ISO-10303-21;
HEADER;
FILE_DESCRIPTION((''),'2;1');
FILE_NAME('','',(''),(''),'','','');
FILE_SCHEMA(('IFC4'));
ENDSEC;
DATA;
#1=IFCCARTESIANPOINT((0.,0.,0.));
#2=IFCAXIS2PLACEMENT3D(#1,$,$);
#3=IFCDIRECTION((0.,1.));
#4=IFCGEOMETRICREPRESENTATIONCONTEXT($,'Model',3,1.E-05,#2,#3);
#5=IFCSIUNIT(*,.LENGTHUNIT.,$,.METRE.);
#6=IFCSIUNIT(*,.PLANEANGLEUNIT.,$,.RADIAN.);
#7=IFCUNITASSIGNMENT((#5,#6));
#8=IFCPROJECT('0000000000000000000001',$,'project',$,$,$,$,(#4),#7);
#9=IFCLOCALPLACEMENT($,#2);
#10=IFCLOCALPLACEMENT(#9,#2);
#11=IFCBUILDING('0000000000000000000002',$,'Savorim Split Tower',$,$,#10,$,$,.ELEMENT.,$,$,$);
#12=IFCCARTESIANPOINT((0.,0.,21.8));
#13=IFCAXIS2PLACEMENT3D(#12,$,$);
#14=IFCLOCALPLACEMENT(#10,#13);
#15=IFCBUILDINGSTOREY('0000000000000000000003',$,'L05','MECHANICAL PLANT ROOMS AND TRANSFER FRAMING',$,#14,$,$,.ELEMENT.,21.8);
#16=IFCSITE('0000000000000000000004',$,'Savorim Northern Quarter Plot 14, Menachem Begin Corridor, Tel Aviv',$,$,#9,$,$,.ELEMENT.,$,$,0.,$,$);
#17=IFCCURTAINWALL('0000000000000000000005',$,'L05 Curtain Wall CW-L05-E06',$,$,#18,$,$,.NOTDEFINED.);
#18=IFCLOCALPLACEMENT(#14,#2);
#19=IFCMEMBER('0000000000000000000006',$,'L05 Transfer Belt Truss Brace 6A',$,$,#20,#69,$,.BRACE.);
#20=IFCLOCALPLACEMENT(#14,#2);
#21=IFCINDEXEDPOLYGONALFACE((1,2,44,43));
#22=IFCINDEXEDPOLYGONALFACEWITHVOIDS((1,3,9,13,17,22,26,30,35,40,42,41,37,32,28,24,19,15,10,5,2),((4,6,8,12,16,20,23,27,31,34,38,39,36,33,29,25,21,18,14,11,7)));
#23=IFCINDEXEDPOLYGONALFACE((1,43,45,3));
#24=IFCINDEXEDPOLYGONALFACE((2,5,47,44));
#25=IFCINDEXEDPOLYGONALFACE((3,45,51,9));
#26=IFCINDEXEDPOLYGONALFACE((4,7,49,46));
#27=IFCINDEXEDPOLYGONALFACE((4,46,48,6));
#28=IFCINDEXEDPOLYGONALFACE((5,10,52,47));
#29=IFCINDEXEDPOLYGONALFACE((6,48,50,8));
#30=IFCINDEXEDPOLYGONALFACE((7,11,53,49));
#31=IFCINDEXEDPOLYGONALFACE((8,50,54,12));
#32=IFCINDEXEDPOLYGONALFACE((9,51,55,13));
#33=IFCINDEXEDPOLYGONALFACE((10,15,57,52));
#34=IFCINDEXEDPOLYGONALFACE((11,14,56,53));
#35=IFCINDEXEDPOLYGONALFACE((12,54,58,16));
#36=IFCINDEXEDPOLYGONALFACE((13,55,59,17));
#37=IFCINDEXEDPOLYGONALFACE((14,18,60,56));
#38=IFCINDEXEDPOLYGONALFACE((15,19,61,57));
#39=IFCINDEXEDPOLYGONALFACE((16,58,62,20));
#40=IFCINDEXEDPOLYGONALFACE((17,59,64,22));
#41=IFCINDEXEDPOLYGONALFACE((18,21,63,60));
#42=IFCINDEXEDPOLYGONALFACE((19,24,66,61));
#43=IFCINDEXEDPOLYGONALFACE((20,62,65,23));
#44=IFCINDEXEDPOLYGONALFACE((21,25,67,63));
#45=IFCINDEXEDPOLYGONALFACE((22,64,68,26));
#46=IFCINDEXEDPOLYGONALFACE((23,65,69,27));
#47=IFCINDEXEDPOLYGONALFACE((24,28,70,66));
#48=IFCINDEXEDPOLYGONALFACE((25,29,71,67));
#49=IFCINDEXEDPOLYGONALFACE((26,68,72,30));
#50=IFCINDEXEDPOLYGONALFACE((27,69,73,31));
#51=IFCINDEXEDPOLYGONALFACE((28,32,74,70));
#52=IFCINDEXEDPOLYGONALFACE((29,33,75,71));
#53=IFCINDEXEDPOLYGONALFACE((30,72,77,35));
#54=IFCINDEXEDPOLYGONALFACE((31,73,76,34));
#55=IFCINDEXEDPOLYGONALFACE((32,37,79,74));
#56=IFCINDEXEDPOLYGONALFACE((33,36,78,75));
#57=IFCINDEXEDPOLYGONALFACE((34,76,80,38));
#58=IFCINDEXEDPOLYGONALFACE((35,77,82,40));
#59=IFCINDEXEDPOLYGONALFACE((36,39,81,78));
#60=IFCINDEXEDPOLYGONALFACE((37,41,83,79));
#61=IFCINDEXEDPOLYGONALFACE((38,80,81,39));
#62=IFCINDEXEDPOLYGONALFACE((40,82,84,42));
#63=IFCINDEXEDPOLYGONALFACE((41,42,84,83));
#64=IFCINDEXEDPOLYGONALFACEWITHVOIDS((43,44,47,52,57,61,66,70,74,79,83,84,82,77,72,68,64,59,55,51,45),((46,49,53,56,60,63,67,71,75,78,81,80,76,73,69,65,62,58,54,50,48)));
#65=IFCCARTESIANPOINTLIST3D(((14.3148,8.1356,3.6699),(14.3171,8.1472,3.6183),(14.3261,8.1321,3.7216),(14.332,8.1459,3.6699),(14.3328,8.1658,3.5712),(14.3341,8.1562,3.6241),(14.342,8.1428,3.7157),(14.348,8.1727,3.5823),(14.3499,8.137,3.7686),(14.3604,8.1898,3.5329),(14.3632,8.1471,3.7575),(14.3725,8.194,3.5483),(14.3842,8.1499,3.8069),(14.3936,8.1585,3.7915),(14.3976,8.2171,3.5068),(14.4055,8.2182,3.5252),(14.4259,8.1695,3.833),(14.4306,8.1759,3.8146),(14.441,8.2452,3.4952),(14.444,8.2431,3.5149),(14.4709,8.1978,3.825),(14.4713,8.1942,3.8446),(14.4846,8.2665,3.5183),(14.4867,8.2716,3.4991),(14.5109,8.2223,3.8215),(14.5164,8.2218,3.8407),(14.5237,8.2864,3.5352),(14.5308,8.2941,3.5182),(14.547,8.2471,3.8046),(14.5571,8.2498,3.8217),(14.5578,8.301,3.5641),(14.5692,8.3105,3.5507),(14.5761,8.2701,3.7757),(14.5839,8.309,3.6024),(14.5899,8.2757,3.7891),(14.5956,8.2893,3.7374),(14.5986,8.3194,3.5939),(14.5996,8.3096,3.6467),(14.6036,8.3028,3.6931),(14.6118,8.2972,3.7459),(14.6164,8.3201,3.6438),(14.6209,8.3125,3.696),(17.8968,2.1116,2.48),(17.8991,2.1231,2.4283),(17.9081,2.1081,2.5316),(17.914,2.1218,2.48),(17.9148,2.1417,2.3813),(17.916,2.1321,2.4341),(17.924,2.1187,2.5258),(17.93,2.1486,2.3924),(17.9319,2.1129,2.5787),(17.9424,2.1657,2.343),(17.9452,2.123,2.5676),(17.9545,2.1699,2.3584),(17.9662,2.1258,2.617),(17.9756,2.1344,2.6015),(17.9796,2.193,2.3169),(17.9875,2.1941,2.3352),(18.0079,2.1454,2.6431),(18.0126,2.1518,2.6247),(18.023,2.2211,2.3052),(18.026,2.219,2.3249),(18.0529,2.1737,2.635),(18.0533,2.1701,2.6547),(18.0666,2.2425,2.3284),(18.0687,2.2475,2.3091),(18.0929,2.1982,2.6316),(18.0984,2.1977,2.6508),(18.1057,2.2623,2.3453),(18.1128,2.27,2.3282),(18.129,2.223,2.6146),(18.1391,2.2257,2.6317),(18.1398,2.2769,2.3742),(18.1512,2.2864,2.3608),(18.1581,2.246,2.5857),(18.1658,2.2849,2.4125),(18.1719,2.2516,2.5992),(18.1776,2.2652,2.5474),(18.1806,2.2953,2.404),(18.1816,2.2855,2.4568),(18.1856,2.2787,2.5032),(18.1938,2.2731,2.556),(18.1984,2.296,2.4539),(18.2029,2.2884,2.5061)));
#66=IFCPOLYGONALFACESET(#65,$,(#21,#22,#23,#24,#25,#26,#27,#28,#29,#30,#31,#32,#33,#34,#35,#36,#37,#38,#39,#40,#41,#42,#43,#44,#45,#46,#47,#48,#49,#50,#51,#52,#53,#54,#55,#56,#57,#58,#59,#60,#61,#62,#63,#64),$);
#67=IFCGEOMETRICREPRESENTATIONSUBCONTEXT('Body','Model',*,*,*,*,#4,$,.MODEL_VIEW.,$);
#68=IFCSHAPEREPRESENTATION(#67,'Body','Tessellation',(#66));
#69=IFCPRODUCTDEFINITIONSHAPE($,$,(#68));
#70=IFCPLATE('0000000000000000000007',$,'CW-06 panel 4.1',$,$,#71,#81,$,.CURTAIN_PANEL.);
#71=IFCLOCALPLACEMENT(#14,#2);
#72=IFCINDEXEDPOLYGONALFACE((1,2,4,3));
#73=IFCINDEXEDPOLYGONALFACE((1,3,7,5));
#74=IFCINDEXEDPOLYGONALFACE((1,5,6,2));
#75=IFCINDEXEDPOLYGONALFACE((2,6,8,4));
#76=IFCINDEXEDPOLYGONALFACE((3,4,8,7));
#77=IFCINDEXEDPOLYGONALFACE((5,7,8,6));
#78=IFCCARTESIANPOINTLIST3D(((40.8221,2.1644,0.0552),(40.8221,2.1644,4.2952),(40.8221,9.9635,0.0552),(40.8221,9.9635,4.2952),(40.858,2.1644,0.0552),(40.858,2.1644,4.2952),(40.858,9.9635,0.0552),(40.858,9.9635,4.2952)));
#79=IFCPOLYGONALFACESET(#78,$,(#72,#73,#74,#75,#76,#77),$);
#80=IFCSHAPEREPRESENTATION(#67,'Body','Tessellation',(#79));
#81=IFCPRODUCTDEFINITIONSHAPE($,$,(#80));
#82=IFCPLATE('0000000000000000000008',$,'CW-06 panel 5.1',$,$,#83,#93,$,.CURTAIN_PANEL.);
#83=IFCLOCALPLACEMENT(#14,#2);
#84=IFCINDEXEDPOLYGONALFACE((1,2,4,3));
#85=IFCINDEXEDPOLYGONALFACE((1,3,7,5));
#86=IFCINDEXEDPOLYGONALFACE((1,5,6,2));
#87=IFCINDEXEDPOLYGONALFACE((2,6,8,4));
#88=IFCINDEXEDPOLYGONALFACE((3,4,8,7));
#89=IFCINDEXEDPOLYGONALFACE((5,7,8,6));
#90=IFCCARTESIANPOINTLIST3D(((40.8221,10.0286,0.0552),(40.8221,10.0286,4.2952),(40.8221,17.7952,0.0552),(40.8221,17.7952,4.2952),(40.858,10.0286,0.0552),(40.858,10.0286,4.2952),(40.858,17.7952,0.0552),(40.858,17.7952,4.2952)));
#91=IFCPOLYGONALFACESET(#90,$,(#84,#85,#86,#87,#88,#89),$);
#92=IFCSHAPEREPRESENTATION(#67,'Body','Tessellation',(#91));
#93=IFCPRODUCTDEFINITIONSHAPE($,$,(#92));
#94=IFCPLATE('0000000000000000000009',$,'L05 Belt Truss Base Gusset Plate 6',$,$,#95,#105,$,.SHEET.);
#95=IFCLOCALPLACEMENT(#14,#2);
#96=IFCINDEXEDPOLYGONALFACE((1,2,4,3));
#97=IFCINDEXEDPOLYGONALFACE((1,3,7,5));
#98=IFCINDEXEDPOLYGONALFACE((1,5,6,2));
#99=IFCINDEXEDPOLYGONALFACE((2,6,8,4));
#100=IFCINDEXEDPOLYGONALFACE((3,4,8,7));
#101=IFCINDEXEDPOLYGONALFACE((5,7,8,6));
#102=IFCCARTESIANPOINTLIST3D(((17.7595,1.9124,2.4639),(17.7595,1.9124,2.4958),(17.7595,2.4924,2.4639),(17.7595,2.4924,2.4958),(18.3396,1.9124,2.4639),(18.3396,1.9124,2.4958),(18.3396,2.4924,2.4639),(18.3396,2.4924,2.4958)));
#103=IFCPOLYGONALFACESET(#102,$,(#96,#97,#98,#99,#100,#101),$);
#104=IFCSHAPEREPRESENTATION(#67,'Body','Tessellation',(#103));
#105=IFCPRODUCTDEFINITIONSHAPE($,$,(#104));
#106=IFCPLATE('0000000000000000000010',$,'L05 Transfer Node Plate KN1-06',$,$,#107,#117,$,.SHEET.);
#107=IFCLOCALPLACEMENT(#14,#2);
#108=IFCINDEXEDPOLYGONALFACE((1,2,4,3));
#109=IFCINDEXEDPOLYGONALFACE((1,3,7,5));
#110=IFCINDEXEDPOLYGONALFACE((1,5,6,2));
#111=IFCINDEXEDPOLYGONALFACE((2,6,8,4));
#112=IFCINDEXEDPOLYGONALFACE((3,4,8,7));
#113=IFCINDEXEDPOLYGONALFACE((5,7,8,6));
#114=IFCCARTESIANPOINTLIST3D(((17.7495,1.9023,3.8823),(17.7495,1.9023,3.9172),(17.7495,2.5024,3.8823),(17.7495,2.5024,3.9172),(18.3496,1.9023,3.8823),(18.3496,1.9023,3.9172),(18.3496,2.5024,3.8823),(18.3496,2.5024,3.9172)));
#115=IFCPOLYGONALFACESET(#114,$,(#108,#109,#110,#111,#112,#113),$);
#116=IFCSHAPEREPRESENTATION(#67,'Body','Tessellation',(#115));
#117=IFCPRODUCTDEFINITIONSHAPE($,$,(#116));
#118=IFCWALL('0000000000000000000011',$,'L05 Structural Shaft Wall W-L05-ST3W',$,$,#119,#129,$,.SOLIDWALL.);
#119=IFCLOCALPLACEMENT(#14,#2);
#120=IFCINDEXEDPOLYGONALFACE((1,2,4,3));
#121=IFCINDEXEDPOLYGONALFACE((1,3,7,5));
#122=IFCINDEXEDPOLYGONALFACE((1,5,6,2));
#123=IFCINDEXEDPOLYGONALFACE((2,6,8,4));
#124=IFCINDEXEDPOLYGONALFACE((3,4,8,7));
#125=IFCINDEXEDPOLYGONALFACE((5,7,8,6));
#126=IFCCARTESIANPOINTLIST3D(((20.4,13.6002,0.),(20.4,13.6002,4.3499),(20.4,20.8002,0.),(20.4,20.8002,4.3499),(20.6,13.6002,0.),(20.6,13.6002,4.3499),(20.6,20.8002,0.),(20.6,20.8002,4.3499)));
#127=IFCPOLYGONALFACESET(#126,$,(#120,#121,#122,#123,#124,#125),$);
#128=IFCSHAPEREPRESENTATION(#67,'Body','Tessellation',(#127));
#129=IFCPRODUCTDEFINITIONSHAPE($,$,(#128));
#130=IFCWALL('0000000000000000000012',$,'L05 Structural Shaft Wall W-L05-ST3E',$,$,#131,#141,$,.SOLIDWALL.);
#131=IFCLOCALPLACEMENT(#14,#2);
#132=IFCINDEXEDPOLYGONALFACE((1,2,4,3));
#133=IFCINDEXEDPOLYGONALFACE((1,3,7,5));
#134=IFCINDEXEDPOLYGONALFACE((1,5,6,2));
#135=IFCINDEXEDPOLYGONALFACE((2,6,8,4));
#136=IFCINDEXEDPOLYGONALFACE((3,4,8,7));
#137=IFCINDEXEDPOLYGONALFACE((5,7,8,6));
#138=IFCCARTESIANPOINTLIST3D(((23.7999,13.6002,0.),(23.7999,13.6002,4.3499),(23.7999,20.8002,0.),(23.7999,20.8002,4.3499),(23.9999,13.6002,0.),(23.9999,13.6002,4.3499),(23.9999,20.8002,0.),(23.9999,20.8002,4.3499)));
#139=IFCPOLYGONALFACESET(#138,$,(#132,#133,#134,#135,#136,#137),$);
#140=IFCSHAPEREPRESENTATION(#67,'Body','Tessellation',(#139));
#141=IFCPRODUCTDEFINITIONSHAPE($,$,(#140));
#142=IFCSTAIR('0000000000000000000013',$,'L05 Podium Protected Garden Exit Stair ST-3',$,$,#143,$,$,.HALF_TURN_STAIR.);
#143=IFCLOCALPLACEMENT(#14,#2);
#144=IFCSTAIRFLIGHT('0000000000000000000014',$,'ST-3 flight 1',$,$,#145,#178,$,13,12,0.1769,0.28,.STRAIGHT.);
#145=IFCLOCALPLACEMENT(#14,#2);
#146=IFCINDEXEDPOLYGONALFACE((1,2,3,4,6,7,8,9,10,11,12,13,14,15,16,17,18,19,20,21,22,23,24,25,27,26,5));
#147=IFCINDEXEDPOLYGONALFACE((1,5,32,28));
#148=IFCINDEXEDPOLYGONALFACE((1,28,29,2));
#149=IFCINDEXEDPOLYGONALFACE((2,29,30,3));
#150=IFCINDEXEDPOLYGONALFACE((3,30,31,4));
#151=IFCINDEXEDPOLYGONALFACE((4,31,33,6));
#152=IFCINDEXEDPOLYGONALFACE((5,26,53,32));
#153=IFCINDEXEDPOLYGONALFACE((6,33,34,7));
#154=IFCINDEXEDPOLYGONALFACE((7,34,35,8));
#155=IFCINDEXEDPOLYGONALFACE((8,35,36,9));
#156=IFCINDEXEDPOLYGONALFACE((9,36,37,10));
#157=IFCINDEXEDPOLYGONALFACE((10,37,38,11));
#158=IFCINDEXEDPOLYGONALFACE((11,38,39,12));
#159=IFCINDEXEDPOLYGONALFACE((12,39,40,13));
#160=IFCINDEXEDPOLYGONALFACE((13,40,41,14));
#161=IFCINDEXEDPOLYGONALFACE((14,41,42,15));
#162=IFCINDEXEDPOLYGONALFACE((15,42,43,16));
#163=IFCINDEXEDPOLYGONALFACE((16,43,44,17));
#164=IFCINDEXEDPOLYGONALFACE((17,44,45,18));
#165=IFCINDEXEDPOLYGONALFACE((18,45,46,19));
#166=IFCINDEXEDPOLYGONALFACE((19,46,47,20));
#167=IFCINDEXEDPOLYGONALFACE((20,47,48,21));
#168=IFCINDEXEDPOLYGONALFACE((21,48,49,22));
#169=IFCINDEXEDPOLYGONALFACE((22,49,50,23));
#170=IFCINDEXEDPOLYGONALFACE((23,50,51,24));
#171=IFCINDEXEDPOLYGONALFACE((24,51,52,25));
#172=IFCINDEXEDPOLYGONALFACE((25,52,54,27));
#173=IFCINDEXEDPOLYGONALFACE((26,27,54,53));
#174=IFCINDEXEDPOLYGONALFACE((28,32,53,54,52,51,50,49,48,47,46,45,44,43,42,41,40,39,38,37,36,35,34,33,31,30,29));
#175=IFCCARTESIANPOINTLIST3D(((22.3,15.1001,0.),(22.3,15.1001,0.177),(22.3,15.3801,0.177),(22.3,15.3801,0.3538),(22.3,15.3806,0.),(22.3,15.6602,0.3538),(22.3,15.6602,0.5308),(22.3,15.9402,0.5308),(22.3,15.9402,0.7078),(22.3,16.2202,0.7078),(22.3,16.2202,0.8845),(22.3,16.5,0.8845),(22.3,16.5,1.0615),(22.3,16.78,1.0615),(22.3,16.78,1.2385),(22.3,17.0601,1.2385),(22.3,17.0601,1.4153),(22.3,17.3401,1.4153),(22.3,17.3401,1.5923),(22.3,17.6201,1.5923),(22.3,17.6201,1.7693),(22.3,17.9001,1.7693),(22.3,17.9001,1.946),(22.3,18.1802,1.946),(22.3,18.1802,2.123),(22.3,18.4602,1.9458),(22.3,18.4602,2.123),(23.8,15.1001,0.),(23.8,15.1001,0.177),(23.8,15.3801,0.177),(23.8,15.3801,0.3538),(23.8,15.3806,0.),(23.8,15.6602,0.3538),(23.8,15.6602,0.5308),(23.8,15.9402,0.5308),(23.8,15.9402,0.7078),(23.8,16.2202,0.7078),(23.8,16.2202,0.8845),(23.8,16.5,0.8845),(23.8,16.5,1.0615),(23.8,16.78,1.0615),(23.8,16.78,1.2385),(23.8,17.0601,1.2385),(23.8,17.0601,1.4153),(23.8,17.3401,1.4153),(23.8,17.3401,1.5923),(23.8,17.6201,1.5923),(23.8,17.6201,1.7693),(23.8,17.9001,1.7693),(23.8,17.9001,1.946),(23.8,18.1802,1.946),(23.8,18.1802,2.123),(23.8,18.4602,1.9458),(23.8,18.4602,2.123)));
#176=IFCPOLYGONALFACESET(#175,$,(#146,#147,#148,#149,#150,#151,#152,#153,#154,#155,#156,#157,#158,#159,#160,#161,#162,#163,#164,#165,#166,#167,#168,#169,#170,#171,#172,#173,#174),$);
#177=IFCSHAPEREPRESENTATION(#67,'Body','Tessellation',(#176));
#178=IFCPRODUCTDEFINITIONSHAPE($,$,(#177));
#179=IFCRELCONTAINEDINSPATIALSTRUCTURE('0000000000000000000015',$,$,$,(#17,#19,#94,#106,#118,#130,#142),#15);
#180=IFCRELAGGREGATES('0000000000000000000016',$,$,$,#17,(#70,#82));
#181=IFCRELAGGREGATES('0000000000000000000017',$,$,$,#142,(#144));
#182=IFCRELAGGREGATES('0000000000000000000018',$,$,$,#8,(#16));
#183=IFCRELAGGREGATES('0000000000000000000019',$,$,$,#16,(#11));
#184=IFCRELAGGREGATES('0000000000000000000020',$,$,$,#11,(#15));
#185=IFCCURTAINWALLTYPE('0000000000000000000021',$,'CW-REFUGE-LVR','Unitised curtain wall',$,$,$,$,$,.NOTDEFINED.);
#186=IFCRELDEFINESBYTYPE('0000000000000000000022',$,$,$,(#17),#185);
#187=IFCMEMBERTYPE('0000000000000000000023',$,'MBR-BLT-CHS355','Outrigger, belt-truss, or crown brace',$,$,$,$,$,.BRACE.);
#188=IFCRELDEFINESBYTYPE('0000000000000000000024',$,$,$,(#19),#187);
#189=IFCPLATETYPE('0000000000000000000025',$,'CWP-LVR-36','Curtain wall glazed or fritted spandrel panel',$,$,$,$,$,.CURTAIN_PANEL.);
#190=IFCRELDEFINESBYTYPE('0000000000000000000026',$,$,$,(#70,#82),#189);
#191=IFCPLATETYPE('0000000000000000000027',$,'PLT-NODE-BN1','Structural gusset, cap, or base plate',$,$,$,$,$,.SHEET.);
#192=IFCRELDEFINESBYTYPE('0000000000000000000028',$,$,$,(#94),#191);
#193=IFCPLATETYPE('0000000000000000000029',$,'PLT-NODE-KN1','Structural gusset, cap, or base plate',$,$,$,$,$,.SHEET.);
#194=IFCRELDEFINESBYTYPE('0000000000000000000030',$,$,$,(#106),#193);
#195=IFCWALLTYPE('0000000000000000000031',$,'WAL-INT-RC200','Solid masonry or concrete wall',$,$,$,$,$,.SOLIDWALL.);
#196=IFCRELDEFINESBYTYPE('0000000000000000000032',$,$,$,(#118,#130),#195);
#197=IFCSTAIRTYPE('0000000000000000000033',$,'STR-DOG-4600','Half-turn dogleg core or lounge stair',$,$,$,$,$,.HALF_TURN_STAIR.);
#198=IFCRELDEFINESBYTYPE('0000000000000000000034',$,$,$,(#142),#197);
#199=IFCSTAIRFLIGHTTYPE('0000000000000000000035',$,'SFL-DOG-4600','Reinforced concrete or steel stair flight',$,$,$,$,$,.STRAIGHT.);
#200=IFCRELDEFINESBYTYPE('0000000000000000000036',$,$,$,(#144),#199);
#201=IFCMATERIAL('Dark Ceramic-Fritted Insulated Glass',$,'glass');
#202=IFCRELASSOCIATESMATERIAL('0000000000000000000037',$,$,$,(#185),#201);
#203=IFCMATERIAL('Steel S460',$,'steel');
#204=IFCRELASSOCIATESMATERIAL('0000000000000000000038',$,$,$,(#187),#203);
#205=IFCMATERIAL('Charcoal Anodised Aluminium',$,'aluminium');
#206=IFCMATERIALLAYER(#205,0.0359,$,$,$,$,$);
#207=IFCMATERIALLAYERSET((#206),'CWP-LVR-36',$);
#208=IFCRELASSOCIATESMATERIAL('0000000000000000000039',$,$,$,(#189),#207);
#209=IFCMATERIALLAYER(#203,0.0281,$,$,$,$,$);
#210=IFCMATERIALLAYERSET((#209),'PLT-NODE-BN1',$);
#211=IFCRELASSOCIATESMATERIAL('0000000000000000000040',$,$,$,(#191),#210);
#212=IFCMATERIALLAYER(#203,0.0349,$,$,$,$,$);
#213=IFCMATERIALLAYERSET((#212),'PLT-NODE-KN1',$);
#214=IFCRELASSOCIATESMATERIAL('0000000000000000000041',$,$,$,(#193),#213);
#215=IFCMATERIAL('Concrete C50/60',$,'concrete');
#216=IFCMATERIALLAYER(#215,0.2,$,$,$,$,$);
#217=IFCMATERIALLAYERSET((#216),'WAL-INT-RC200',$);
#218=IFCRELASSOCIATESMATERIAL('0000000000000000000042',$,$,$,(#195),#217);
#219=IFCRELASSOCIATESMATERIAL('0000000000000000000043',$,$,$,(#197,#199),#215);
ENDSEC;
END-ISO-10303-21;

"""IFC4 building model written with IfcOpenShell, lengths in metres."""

from ifc_helpers import new_model, si_unit, direction, frame, frame_2d, origin, origin_2d, place, context, subcontext, project, spatial, polyline, rectangle, hollow_circle, outline, extrude, material, layer, layer_set, material_profile, profile_set, type_object, element, aggregate, save


model = new_model("IFC4")

# Units and contexts
model_context = context("Model", 3, precision=1e-05, world=origin(), true_north=direction((0.0, 1.0)))
body_context = subcontext(model_context, "Body", "Model", "MODEL_VIEW")
ifc_project = project(units=[si_unit("LENGTHUNIT", "METRE"), si_unit("PLANEANGLEUNIT", "RADIAN")], contexts=[model_context])

# Site, building, storey
site_placement = place(None, origin())
site = spatial("IfcSite", under=ifc_project, at=site_placement, Name="Savorim Northern Quarter Plot 14, Menachem Begin Corridor, Tel Aviv", CompositionType="ELEMENT", RefElevation=0.0)
building_placement = place(site_placement, origin())
building = spatial("IfcBuilding", under=site, at=building_placement, Name="Savorim Split Tower", CompositionType="ELEMENT")
storey_placement = place(building_placement, frame((0.0, 0.0, 21.8)))
storey = spatial("IfcBuildingStorey", under=building, at=storey_placement, Name="L05", Description="MECHANICAL PLANT ROOMS AND TRANSFER FRAMING", CompositionType="ELEMENT", Elevation=21.8)

# Shared definitions
ifc_material_1 = material(Name="Steel S460", Category="steel")

# Curtain wall
ifc_material_2 = material(Name="Dark Ceramic-Fritted Insulated Glass", Category="glass")
curtain_wall_type = type_object("IfcCurtainWallType", Name="CW-REFUGE-LVR", Description="Unitised curtain wall", PredefinedType="NOTDEFINED", material=ifc_material_2)
curtain_wall_placement = place(storey_placement, origin())
curtain_wall = element("IfcCurtainWall", 1, at=curtain_wall_placement, inside=storey, type_object=curtain_wall_type, Name="L05 Curtain Wall CW-L05-E06", PredefinedType="NOTDEFINED")
ifc_material_3 = material(Name="Charcoal Anodised Aluminium", Category="aluminium")

# Member
ifc_material_profile_1 = material_profile(ifc_material_1, hollow_circle(Radius=0.1777, WallThickness=0.02, at=origin_2d()), Name="CHS 355.6x20")
ifc_profile_set_1 = profile_set([ifc_material_profile_1], Name="Steel S460")
member_type_1 = type_object("IfcMemberType", Name="MBR-BLT-CHS355", Description="Outrigger, belt-truss, or crown brace", PredefinedType="BRACE", material=ifc_profile_set_1)
for number, where, z_axis, x_axis, name in (
    (2, (18.0496, 2.2024, 2.48), (-0.503874, 0.847403, 0.167386), (-0.85953, -0.511085, 0.0), "L05 Transfer Belt Truss Brace 6A"),
):
    element("IfcMember", number, at=place(storey_placement, frame(where, z_axis=z_axis, x_axis=x_axis)), inside=storey, type_object=member_type_1, Name=name, PredefinedType="BRACE", context=body_context, shape_type="SweptSolid", body=[
        extrude(hollow_circle(Radius=0.1777, WallThickness=0.02, at=origin_2d()), origin(), (0.0, 0.0, 1.0), 7.1089),
    ])

# Plates
ifc_layer_1 = layer(ifc_material_3, 0.0359)
ifc_layer_set_1 = layer_set([ifc_layer_1], Name="CWP-LVR-36")
plate_type_1 = type_object("IfcPlateType", Name="CWP-LVR-36", Description="Curtain wall glazed or fritted spandrel panel", PredefinedType="CURTAIN_PANEL", material=ifc_layer_set_1)
plate_1_placement = place(storey_placement, frame((40.8401, 6.064, 0.0552), z_axis=(0.0, 0.0, 1.0), x_axis=(0.0, 1.0, 0.0)))
plate_1 = element("IfcPlate", 3, at=plate_1_placement, type_object=plate_type_1, Name="CW-06 panel 4.1", PredefinedType="CURTAIN_PANEL", context=body_context, shape_type="SweptSolid", body=[
    extrude(rectangle(XDim=7.7991, YDim=0.0359, at=origin_2d()), origin(), (0.0, 0.0, 1.0), 4.24),
])
plate_2_placement = place(storey_placement, frame((40.8401, 13.9119, 0.0552), z_axis=(0.0, 0.0, 1.0), x_axis=(0.0, 1.0, 0.0)))
plate_2 = element("IfcPlate", 4, at=plate_2_placement, type_object=plate_type_1, Name="CW-06 panel 5.1", PredefinedType="CURTAIN_PANEL", context=body_context, shape_type="SweptSolid", body=[
    extrude(rectangle(XDim=7.7666, YDim=0.0359, at=origin_2d()), origin(), (0.0, 0.0, 1.0), 4.24),
])
aggregate(curtain_wall, [plate_1, plate_2])

# Plates
ifc_layer_2 = layer(ifc_material_1, 0.0281)
ifc_layer_set_2 = layer_set([ifc_layer_2], Name="PLT-NODE-BN1")
plate_type_2 = type_object("IfcPlateType", Name="PLT-NODE-BN1", Description="Structural gusset, cap, or base plate", PredefinedType="SHEET", material=ifc_layer_set_2)
plate_3_placement = place(storey_placement, frame((18.0496, 2.2024, 2.4639), z_axis=(0.0, 0.0, 1.0), x_axis=(1.0, 0.0, 0.0)))
element("IfcPlate", 5, at=plate_3_placement, inside=storey, type_object=plate_type_2, Name="L05 Belt Truss Base Gusset Plate 6", PredefinedType="SHEET", context=body_context, shape_type="SweptSolid", body=[
    extrude(rectangle(XDim=0.5801, YDim=0.5801, at=origin_2d()), origin(), (0.0, 0.0, 1.0), 0.032),
])
ifc_layer_3 = layer(ifc_material_1, 0.0349)
ifc_layer_set_3 = layer_set([ifc_layer_3], Name="PLT-NODE-KN1")
plate_type_3 = type_object("IfcPlateType", Name="PLT-NODE-KN1", Description="Structural gusset, cap, or base plate", PredefinedType="SHEET", material=ifc_layer_set_3)
plate_4_placement = place(storey_placement, frame((18.0496, 2.2024, 3.8823), z_axis=(0.0, 0.0, 1.0), x_axis=(1.0, 0.0, 0.0)))
element("IfcPlate", 6, at=plate_4_placement, inside=storey, type_object=plate_type_3, Name="L05 Transfer Node Plate KN1-06", PredefinedType="SHEET", context=body_context, shape_type="SweptSolid", body=[
    extrude(rectangle(XDim=0.6001, YDim=0.6001, at=origin_2d()), origin(), (0.0, 0.0, 1.0), 0.0349),
])

# Shared definitions
ifc_material_4 = material(Name="Concrete C50/60", Category="concrete")
ifc_layer_4 = layer(ifc_material_4, 0.2)
ifc_layer_set_4 = layer_set([ifc_layer_4], Name="WAL-INT-RC200")
wall_type = type_object("IfcWallType", Name="WAL-INT-RC200", Description="Solid masonry or concrete wall", PredefinedType="SOLIDWALL", material=ifc_layer_set_4)

# Walls
for number, where, z_axis, x_axis, name in (
    (7, (20.5, 13.6001, 0.0), (0.0, 0.0, 1.0), (0.0, 1.0, 0.0), "L05 Structural Shaft Wall W-L05-ST3W"),
    (8, (23.8999, 13.6001, 0.0), (0.0, 0.0, 1.0), (0.0, 1.0, 0.0), "L05 Structural Shaft Wall W-L05-ST3E"),
):
    element("IfcWall", number, at=place(storey_placement, frame(where, z_axis=z_axis, x_axis=x_axis)), inside=storey, type_object=wall_type, Name=name, PredefinedType="SOLIDWALL", context=body_context, shape_type="SweptSolid", body=[
        extrude(rectangle(XDim=7.2, YDim=0.2, at=frame_2d((3.6001, 0.0))), origin(), (0.0, 0.0, 1.0), 4.3499),
    ])

# Stair, stair flight
stair_type = type_object("IfcStairType", Name="STR-DOG-4600", Description="Half-turn dogleg core or lounge stair", PredefinedType="HALF_TURN_STAIR", material=ifc_material_4)
stair_placement = place(storey_placement, origin())
stair = element("IfcStair", 9, at=stair_placement, inside=storey, type_object=stair_type, Name="L05 Podium Protected Garden Exit Stair ST-3", PredefinedType="HALF_TURN_STAIR")
stair_flight_type = type_object("IfcStairFlightType", Name="SFL-DOG-4600", Description="Reinforced concrete or steel stair flight", PredefinedType="STRAIGHT", material=ifc_material_4)
stair_flight_placement = place(storey_placement, frame((23.05, 15.1001, 0.0), z_axis=(0.0, 0.0, 1.0), x_axis=(0.0, 1.0, 0.0)))
stair_flight = element("IfcStairFlight", 10, at=stair_flight_placement, type_object=stair_flight_type, Name="ST-3 flight 1", NumberOfRisers=13, NumberOfTreads=12, PredefinedType="STRAIGHT", RiserHeight=0.1769, TreadLength=0.28, context=body_context, shape_type="SweptSolid", body=[
    extrude(outline(polyline([(0.0, 0.0), (0.0, 0.177), (0.28, 0.177), (0.28, 0.3538), (0.5601, 0.3538), (0.5601, 0.5308), (0.8401, 0.5308), (0.8401, 0.7078), (1.1201, 0.7078), (1.1201, 0.8845), (1.3999, 0.8845), (1.3999, 1.0615), (1.6799, 1.0615), (1.6799, 1.2385), (1.96, 1.2385), (1.96, 1.4153), (2.24, 1.4153), (2.24, 1.5923), (2.52, 1.5923), (2.52, 1.7693), (2.8, 1.7693), (2.8, 1.946), (3.0801, 1.946), (3.0801, 2.123), (3.3601, 2.123), (3.3601, 2.3), (3.3601, 1.9458), (0.2805, 0.0), (0.0, 0.0)])), frame((0.0, 0.75, 0.0), z_axis=(0.0, -1.0, 0.0), x_axis=(1.0, 0.0, 0.0)), (0.0, 0.0, 1.0), 1.5),
])
aggregate(stair, [stair_flight])

save(model, "model.ifc")
